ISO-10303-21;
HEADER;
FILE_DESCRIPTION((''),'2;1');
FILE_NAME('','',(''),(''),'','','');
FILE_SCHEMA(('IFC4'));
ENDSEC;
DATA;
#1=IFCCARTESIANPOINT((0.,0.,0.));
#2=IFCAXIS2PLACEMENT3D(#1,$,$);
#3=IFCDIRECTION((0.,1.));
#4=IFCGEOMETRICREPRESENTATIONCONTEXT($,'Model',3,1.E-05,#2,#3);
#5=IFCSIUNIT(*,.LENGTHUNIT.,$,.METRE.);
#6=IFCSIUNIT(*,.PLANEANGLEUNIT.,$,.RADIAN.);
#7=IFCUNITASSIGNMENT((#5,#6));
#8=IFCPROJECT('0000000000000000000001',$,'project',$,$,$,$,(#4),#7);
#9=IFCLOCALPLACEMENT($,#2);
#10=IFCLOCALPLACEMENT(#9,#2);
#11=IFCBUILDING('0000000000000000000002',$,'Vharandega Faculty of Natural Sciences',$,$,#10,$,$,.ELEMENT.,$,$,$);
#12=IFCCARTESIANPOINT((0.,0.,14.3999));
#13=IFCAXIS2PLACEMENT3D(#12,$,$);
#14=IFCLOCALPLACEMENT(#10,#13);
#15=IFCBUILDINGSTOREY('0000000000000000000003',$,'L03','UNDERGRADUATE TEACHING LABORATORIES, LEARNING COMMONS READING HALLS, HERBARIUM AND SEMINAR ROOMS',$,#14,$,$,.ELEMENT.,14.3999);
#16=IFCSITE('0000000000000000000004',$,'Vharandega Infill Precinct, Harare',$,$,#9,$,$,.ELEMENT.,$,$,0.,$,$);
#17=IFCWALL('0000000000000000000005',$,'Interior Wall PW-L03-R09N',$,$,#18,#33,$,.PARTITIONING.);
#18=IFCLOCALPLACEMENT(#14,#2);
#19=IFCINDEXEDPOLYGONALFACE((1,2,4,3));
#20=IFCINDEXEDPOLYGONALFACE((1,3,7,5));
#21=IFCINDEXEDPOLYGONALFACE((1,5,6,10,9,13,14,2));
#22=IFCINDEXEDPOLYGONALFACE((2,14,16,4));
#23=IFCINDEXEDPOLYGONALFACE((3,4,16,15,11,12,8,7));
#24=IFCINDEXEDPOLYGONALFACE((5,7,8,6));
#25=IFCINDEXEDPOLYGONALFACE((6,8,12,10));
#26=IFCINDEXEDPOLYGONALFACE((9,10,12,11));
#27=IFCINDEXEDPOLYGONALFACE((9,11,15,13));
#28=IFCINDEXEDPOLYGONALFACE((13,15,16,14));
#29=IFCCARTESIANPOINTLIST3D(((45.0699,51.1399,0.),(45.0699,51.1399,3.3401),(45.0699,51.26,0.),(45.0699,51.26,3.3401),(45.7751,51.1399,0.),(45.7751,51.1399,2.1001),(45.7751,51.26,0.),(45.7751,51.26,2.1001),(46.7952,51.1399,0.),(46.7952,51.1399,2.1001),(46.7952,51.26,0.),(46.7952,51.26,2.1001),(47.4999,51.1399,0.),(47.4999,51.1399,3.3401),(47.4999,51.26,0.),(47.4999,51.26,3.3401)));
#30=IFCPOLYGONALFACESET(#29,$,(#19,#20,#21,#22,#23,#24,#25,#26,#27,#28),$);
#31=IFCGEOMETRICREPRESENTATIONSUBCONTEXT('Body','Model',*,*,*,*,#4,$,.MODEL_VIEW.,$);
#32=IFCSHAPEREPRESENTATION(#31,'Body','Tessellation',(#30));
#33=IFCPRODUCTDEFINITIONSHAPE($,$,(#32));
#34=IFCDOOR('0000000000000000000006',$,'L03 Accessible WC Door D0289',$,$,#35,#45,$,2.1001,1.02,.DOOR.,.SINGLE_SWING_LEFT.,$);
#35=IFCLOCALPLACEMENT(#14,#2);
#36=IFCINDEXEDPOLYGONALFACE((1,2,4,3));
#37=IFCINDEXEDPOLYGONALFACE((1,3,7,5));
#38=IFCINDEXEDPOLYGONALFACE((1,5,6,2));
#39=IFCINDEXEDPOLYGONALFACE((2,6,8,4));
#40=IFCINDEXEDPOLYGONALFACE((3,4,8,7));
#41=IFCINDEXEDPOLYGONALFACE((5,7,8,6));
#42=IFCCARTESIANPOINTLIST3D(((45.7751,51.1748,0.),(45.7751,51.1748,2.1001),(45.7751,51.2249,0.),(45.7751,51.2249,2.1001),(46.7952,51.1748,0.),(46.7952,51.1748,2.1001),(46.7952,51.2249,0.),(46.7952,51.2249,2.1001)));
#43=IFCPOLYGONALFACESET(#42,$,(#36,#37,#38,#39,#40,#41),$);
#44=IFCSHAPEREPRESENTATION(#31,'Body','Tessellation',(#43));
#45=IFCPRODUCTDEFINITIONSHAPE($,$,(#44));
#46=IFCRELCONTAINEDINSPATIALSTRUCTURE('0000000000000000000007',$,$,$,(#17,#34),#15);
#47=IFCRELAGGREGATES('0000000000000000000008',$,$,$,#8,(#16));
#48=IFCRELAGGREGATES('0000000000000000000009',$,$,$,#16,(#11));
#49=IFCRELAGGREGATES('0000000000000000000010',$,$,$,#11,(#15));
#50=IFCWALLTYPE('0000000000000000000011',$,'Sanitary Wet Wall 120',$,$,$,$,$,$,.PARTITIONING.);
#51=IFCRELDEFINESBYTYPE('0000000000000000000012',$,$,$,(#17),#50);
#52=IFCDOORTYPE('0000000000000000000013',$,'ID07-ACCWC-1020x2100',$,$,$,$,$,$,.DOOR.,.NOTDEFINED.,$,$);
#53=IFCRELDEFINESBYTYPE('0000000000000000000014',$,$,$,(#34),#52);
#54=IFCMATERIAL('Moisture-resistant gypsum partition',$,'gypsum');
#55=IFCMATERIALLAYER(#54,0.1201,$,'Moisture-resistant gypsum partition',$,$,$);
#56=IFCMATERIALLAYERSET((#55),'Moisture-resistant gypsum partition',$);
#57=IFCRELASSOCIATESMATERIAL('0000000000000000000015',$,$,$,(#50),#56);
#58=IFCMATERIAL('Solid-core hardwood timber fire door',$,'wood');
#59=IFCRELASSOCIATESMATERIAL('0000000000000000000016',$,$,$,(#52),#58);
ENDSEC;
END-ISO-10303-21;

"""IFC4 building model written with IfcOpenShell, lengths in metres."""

from ifc_helpers import new_model, si_unit, direction, frame, frame_2d, origin, place, context, subcontext, project, spatial, rectangle, extrude, material, layer, layer_set, type_object, element, fill, save


model = new_model("IFC4")

# Units and contexts
model_context = context("Model", 3, precision=1e-05, world=origin(), true_north=direction((0.0, 1.0)))
body_context = subcontext(model_context, "Body", "Model", "MODEL_VIEW")
ifc_project = project(units=[si_unit("LENGTHUNIT", "METRE"), si_unit("PLANEANGLEUNIT", "RADIAN")], contexts=[model_context])

# Site, building, storey
site_placement = place(None, origin())
site = spatial("IfcSite", under=ifc_project, at=site_placement, Name="Vharandega Infill Precinct, Harare", CompositionType="ELEMENT", RefElevation=0.0)
building_placement = place(site_placement, origin())
building = spatial("IfcBuilding", under=site, at=building_placement, Name="Vharandega Faculty of Natural Sciences", CompositionType="ELEMENT")
storey_placement = place(building_placement, frame((0.0, 0.0, 14.3999)))
storey = spatial("IfcBuildingStorey", under=building, at=storey_placement, Name="L03", Description="UNDERGRADUATE TEACHING LABORATORIES, LEARNING COMMONS READING HALLS, HERBARIUM AND SEMINAR ROOMS", CompositionType="ELEMENT", Elevation=14.3999)

# Wall, opening, door
ifc_material_1 = material(Name="Moisture-resistant gypsum partition", Category="gypsum")
ifc_layer_1 = layer(ifc_material_1, 0.1201, Name="Moisture-resistant gypsum partition")
ifc_layer_set_1 = layer_set([ifc_layer_1], Name="Moisture-resistant gypsum partition")
wall_type = type_object("IfcWallType", Name="Sanitary Wet Wall 120", PredefinedType="PARTITIONING", material=ifc_layer_set_1)
wall_1_placement = place(storey_placement, frame((45.0701, 51.2, 0.0), z_axis=(0.0, 0.0, 1.0), x_axis=(1.0, 0.0, 0.0)))
wall_1 = element("IfcWall", 1, at=wall_1_placement, inside=storey, type_object=wall_type, Name="Interior Wall PW-L03-R09N", PredefinedType="PARTITIONING", context=body_context, shape_type="SweptSolid", body=[
    extrude(rectangle(XDim=2.4299, YDim=0.1201, at=frame_2d((1.2148, 0.0))), origin(), (0.0, 0.0, 1.0), 3.3401),
])
opening_1_placement = place(wall_1_placement, frame((0.7051, 0.0, 0.0)))
opening_1 = element("IfcOpeningElement", 2, at=opening_1_placement, cuts=wall_1, PredefinedType="OPENING", context=body_context, shape_type="SweptSolid", body=[
    extrude(rectangle(XDim=1.02, YDim=2.1001, at=frame_2d((0.51, 1.05))), frame((0.0, 0.0701, 0.0), z_axis=(0.0, -1.0, 0.0), x_axis=(1.0, 0.0, 0.0)), (0.0, 0.0, 1.0), 0.1401),
])
ifc_material_2 = material(Name="Solid-core hardwood timber fire door", Category="wood")
door_type_1 = type_object("IfcDoorType", Name="ID07-ACCWC-1020x2100", OperationType="NOTDEFINED", PredefinedType="DOOR", material=ifc_material_2)
door_1_placement = place(opening_1_placement, origin())
door_1 = element("IfcDoor", 3, at=door_1_placement, inside=storey, type_object=door_type_1, Name="L03 Accessible WC Door D0289", OperationType="SINGLE_SWING_LEFT", OverallHeight=2.1001, OverallWidth=1.02, PredefinedType="DOOR", context=body_context, shape_type="SweptSolid", body=[
    extrude(rectangle(XDim=1.02, YDim=2.1001, at=frame_2d((0.51, 1.05))), frame((0.0, 0.0249, 0.0), z_axis=(0.0, -1.0, 0.0), x_axis=(1.0, 0.0, 0.0)), (0.0, 0.0, 1.0), 0.05),
])
fill(opening_1, door_1)

save(model, "model.ifc")
